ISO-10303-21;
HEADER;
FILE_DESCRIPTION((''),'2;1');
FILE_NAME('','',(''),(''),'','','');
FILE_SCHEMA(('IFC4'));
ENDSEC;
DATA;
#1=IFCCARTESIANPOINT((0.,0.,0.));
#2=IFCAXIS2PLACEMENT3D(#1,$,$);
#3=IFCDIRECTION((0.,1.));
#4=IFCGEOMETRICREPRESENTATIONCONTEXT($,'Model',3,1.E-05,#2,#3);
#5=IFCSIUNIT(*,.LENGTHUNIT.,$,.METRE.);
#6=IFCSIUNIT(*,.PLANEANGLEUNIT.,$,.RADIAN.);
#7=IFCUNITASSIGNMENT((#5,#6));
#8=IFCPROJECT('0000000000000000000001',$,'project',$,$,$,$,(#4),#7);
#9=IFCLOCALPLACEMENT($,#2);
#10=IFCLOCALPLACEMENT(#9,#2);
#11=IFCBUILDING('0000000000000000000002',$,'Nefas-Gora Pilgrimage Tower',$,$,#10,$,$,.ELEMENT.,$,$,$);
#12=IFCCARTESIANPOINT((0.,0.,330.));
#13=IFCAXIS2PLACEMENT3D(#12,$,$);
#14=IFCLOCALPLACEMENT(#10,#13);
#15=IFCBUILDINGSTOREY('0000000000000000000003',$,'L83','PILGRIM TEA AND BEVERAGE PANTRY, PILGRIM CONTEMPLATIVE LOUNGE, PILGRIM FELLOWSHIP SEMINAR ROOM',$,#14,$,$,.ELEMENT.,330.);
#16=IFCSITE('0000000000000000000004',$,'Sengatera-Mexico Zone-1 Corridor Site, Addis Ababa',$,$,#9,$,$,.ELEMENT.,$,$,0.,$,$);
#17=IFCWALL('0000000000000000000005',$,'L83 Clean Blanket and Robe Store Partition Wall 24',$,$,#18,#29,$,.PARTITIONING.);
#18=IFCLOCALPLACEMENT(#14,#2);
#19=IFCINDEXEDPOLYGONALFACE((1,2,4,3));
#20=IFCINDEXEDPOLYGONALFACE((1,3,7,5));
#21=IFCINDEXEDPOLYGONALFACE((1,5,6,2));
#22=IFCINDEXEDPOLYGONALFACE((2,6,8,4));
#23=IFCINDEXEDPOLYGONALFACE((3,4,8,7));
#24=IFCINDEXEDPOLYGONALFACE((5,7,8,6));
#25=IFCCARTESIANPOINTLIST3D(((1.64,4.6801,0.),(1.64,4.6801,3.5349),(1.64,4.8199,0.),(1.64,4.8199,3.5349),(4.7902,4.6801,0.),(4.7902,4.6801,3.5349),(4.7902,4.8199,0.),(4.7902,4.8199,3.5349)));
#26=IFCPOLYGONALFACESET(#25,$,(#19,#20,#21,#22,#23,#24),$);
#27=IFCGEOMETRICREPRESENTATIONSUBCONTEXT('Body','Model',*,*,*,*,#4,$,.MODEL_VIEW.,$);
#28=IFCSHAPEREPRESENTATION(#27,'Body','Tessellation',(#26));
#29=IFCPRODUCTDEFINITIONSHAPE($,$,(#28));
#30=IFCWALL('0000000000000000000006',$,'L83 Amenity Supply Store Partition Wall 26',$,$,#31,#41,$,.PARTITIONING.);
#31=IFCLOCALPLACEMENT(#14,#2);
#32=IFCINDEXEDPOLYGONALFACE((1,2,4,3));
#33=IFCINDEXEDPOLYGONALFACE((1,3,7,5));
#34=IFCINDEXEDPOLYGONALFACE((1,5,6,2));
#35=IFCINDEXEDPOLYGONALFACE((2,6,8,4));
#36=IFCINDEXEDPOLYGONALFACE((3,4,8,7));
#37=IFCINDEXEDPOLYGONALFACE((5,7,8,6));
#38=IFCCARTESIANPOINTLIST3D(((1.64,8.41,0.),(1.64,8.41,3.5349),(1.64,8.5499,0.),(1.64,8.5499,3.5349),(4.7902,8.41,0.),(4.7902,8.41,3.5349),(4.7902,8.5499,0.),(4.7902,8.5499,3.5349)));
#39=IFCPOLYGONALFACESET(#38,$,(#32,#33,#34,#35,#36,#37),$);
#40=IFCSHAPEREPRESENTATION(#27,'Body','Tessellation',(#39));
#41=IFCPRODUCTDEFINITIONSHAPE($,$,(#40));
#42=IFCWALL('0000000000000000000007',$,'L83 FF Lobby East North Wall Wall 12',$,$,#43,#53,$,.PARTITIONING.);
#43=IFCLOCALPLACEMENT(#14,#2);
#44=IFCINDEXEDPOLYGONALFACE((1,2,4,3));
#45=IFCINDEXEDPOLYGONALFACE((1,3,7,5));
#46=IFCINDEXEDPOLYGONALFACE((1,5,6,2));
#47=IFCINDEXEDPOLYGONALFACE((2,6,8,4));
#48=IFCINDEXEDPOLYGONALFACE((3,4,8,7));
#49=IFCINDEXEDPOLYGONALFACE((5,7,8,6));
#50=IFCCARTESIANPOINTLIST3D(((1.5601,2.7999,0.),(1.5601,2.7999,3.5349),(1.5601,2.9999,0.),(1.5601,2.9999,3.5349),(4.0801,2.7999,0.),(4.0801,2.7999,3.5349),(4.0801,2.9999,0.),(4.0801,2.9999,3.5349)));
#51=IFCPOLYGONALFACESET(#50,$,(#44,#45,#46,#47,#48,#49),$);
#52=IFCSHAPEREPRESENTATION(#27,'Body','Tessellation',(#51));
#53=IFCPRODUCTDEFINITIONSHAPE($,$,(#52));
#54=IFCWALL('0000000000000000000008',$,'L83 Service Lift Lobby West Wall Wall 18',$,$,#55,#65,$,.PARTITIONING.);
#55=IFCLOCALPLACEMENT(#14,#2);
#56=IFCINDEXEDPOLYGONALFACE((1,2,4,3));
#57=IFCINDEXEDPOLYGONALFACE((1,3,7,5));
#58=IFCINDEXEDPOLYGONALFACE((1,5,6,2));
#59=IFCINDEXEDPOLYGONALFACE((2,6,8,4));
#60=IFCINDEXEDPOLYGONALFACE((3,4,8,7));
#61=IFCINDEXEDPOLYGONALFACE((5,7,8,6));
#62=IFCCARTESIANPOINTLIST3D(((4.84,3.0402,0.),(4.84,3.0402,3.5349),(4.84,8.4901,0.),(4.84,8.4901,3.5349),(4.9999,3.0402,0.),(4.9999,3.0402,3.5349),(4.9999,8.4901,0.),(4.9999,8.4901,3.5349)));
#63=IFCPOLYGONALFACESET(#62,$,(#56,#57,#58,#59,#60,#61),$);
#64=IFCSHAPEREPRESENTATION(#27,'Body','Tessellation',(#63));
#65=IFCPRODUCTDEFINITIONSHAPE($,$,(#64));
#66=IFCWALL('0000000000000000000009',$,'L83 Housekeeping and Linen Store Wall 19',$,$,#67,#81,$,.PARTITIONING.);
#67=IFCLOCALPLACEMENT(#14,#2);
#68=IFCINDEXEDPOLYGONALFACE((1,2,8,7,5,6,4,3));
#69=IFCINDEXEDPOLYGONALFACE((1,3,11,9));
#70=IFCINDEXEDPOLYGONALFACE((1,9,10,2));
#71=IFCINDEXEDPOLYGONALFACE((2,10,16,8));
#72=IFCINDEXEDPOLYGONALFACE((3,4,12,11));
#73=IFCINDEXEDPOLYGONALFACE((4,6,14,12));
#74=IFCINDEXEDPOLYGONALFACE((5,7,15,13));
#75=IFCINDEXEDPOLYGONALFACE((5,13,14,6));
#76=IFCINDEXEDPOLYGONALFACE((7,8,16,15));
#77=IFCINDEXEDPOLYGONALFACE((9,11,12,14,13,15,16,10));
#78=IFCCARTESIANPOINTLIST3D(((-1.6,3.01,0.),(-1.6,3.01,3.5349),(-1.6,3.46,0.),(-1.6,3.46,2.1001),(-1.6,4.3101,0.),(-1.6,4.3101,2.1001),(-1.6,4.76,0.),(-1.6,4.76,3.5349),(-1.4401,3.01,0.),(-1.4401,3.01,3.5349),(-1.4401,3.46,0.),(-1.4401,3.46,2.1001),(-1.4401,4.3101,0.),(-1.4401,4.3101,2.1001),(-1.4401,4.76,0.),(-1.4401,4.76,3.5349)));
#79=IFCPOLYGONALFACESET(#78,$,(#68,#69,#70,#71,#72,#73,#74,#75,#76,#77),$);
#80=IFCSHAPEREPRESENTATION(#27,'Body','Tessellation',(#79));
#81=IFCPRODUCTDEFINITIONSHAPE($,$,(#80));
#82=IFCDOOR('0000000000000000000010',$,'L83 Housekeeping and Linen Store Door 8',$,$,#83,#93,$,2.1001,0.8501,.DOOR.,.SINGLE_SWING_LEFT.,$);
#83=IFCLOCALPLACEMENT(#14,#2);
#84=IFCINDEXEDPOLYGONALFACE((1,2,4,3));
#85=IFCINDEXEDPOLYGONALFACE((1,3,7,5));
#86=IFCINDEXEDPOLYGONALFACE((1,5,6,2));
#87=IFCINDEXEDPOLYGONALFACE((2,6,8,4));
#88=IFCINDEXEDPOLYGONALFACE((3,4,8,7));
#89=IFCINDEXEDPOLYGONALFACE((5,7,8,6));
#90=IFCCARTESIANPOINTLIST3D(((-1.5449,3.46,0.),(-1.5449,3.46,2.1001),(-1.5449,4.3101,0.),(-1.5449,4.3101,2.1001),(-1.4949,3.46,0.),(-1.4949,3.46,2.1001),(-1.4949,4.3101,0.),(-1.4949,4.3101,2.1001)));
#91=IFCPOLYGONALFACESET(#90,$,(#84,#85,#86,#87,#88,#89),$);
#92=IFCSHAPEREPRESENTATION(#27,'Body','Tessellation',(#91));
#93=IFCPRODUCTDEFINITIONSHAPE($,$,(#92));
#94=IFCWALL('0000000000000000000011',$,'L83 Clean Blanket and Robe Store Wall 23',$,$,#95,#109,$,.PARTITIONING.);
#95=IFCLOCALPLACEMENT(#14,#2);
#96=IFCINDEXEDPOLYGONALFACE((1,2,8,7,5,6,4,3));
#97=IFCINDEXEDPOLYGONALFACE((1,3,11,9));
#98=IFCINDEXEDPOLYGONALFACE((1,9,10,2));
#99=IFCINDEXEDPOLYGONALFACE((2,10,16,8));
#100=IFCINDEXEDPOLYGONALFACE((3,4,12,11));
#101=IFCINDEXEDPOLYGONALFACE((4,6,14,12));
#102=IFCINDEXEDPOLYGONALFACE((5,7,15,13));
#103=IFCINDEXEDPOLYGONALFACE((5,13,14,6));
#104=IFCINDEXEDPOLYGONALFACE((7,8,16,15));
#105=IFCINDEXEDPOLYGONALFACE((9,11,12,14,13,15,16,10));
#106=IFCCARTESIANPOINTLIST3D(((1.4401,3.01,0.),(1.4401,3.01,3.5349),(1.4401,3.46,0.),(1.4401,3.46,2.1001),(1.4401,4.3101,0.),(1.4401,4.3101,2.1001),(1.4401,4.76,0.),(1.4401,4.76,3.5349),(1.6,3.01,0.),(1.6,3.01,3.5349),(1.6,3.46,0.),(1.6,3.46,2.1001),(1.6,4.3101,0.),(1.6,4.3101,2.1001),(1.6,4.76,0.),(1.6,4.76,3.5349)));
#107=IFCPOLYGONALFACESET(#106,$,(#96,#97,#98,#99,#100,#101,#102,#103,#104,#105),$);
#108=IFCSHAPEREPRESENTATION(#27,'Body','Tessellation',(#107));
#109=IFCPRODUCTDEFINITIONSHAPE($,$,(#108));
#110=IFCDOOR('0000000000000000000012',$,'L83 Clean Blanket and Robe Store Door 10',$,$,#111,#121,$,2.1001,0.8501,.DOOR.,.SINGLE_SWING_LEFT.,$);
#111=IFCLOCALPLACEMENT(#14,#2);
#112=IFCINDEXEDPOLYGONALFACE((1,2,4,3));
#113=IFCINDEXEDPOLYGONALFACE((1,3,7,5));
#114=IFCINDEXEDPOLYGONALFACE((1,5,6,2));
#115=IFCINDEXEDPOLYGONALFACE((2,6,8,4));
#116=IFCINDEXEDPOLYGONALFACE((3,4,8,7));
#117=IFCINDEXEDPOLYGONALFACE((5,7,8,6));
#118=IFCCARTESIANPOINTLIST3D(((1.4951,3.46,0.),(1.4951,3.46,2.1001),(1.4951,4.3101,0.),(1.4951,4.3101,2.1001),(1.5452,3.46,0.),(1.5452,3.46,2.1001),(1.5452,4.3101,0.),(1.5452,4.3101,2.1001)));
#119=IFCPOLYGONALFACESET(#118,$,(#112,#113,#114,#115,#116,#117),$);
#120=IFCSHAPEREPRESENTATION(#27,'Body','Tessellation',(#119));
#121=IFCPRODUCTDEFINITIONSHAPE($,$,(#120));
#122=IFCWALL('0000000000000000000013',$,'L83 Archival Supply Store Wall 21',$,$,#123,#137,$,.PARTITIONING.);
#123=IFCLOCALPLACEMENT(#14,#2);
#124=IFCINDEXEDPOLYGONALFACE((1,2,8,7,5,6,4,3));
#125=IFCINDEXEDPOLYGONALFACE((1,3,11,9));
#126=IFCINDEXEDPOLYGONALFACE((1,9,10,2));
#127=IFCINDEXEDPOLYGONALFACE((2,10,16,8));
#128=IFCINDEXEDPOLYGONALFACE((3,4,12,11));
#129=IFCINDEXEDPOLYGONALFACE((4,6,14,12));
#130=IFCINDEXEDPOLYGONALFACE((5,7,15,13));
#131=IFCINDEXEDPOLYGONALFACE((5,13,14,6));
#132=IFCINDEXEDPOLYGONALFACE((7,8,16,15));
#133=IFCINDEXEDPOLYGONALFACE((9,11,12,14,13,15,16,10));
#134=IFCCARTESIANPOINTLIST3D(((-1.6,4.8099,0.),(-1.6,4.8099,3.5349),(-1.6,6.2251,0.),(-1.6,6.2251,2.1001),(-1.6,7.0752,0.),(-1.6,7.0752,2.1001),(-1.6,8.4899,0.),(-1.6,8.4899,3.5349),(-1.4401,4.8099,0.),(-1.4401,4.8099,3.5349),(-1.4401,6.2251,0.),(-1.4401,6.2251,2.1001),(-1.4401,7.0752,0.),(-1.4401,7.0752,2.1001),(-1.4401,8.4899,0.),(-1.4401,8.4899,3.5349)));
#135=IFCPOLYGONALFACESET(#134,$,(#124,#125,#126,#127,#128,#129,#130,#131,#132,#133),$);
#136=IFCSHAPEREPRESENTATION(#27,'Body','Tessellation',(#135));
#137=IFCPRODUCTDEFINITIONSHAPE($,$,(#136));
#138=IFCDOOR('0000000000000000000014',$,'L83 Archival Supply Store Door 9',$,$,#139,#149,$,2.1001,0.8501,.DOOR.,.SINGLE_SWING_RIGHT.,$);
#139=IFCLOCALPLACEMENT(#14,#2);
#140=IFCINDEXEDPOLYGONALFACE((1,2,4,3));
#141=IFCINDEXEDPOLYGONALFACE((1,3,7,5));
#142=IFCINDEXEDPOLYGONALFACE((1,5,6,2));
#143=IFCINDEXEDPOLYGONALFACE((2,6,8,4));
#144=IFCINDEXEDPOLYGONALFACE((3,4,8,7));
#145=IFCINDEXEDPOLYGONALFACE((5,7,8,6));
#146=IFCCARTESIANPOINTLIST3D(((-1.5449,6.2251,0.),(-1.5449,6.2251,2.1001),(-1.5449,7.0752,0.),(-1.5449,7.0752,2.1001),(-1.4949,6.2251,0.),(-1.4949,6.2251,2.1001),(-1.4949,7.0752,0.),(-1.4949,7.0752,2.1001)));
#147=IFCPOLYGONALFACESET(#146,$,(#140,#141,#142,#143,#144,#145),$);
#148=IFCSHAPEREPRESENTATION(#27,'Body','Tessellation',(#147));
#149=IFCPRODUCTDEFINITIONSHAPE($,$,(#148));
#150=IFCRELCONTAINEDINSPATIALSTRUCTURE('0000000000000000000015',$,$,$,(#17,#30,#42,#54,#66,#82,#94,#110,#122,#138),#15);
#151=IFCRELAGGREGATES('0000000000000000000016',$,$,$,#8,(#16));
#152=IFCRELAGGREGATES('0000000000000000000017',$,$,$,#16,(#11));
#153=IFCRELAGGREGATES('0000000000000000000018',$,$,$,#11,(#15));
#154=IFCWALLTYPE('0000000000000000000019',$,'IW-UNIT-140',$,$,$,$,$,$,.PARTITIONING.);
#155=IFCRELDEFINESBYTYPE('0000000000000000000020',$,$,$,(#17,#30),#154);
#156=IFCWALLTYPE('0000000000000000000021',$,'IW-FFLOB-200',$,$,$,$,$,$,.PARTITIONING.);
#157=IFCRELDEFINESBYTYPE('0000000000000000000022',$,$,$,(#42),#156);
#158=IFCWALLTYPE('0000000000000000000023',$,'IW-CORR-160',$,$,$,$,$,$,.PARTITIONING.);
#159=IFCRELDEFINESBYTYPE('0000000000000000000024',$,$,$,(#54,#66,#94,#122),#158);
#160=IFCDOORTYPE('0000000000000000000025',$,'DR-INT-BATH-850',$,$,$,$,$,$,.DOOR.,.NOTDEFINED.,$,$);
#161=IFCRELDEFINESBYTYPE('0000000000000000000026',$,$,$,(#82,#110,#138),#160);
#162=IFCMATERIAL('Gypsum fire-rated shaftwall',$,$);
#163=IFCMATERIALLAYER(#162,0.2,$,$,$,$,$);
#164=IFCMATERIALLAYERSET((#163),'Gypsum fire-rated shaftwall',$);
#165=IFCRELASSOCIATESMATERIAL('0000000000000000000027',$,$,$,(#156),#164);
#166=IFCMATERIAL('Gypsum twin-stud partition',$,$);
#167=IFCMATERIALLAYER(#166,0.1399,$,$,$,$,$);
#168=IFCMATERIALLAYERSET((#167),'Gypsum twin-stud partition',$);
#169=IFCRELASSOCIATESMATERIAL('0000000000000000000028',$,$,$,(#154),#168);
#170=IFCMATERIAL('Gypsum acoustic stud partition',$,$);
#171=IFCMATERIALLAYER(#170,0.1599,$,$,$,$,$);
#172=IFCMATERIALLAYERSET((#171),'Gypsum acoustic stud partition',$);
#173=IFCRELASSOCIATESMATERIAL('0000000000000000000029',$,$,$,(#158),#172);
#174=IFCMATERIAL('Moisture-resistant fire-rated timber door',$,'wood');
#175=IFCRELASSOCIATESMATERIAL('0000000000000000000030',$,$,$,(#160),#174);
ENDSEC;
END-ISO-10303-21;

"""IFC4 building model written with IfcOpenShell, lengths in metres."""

from ifc_helpers import new_model, si_unit, direction, frame, frame_2d, origin, place, context, subcontext, project, spatial, rectangle, extrude, source, transform, mapped, material, layer, layer_set, type_object, element, fill, save


model = new_model("IFC4")

# Units and contexts
model_context = context("Model", 3, precision=1e-05, world=origin(), true_north=direction((0.0, 1.0)))
body_context = subcontext(model_context, "Body", "Model", "MODEL_VIEW")
ifc_project = project(units=[si_unit("LENGTHUNIT", "METRE"), si_unit("PLANEANGLEUNIT", "RADIAN")], contexts=[model_context])

# Site, building, storey
site_placement = place(None, origin())
site = spatial("IfcSite", under=ifc_project, at=site_placement, Name="Sengatera-Mexico Zone-1 Corridor Site, Addis Ababa", CompositionType="ELEMENT", RefElevation=0.0)
building_placement = place(site_placement, origin())
building = spatial("IfcBuilding", under=site, at=building_placement, Name="Nefas-Gora Pilgrimage Tower", CompositionType="ELEMENT")
storey_placement = place(building_placement, frame((0.0, 0.0, 330.0)))
storey = spatial("IfcBuildingStorey", under=building, at=storey_placement, Name="L83", Description="PILGRIM TEA AND BEVERAGE PANTRY, PILGRIM CONTEMPLATIVE LOUNGE, PILGRIM FELLOWSHIP SEMINAR ROOM", CompositionType="ELEMENT", Elevation=330.0)

# Shared definitions
ifc_material_1 = material(Name="Gypsum fire-rated shaftwall")
ifc_layer_1 = layer(ifc_material_1, 0.2)
ifc_layer_set_1 = layer_set([ifc_layer_1], Name="Gypsum fire-rated shaftwall")
wall_type_1 = type_object("IfcWallType", Name="IW-FFLOB-200", PredefinedType="PARTITIONING", material=ifc_layer_set_1)

# Walls
ifc_material_2 = material(Name="Gypsum twin-stud partition")
ifc_layer_2 = layer(ifc_material_2, 0.1399)
ifc_layer_set_2 = layer_set([ifc_layer_2], Name="Gypsum twin-stud partition")
wall_type_2 = type_object("IfcWallType", Name="IW-UNIT-140", PredefinedType="PARTITIONING", material=ifc_layer_set_2)
shared_shape_1 = source(origin(), body_context, "Body", "SweptSolid", [
    extrude(rectangle(XDim=3.1501, YDim=0.1399, at=frame_2d((1.5752, 0.0))), origin(), (0.0, 0.0, 1.0), 3.5349),
])
for number, where, z_axis, x_axis, name in (
    (1, (1.6399, 4.75, 0.0), (0.0, 0.0, 1.0), (1.0, 0.0, 0.0), "L83 Clean Blanket and Robe Store Partition Wall 24"),
    (2, (1.6399, 8.48, 0.0), (0.0, 0.0, 1.0), (1.0, 0.0, 0.0), "L83 Amenity Supply Store Partition Wall 26"),
):
    element("IfcWall", number, at=place(storey_placement, frame(where, z_axis=z_axis, x_axis=x_axis)), inside=storey, type_object=wall_type_2, Name=name, PredefinedType="PARTITIONING", context=body_context, shape_type="MappedRepresentation", body=[
        mapped(shared_shape_1, transform((0.0, 0.0, 0.0), x_axis=(1.0, 0.0, 0.0), y_axis=(0.0, 1.0, 0.0), z_axis=(0.0, 0.0, 1.0), scale=1.0)),
    ])
shared_shape_2 = source(origin(), body_context, "Body", "SweptSolid", [
    extrude(rectangle(XDim=2.52, YDim=0.2, at=frame_2d((1.26, 0.0))), origin(), (0.0, 0.0, 1.0), 3.5349),
])
wall_1_placement = place(storey_placement, frame((1.5601, 2.8999, 0.0), z_axis=(0.0, 0.0, 1.0), x_axis=(1.0, 0.0, 0.0)))
element("IfcWall", 3, at=wall_1_placement, inside=storey, type_object=wall_type_1, Name="L83 FF Lobby East North Wall Wall 12", PredefinedType="PARTITIONING", context=body_context, shape_type="MappedRepresentation", body=[
    mapped(shared_shape_2, transform((0.0, 0.0, 0.0), x_axis=(1.0, 0.0, 0.0), y_axis=(0.0, 1.0, 0.0), z_axis=(0.0, 0.0, 1.0), scale=1.0)),
])
ifc_material_3 = material(Name="Gypsum acoustic stud partition")
ifc_layer_3 = layer(ifc_material_3, 0.1599)
ifc_layer_set_3 = layer_set([ifc_layer_3], Name="Gypsum acoustic stud partition")
wall_type_3 = type_object("IfcWallType", Name="IW-CORR-160", PredefinedType="PARTITIONING", material=ifc_layer_set_3)
shared_shape_3 = source(origin(), body_context, "Body", "SweptSolid", [
    extrude(rectangle(XDim=5.45, YDim=0.1599, at=frame_2d((2.7251, 0.0))), origin(), (0.0, 0.0, 1.0), 3.5349),
])
wall_2_placement = place(storey_placement, frame((4.9199, 3.04, 0.0), z_axis=(0.0, 0.0, 1.0), x_axis=(0.0, 1.0, 0.0)))
element("IfcWall", 4, at=wall_2_placement, inside=storey, type_object=wall_type_3, Name="L83 Service Lift Lobby West Wall Wall 18", PredefinedType="PARTITIONING", context=body_context, shape_type="MappedRepresentation", body=[
    mapped(shared_shape_3, transform((0.0, 0.0, 0.0), x_axis=(1.0, 0.0, 0.0), y_axis=(0.0, 1.0, 0.0), z_axis=(0.0, 0.0, 1.0), scale=1.0)),
])

# Walls, openings, doors
shared_shape_4 = source(origin(), body_context, "Body", "SweptSolid", [
    extrude(rectangle(XDim=1.75, YDim=0.1599, at=frame_2d((0.875, 0.0))), origin(), (0.0, 0.0, 1.0), 3.5349),
])
wall_3_placement = place(storey_placement, frame((-1.52, 3.01, 0.0), z_axis=(0.0, 0.0, 1.0), x_axis=(0.0, 1.0, 0.0)))
wall_3 = element("IfcWall", 5, at=wall_3_placement, inside=storey, type_object=wall_type_3, Name="L83 Housekeeping and Linen Store Wall 19", PredefinedType="PARTITIONING", context=body_context, shape_type="MappedRepresentation", body=[
    mapped(shared_shape_4, transform((0.0, 0.0, 0.0), x_axis=(1.0, 0.0, 0.0), y_axis=(0.0, 1.0, 0.0), z_axis=(0.0, 0.0, 1.0), scale=1.0)),
])
opening_1_placement = place(wall_3_placement, frame((0.45, 0.0, 0.0)))
opening_1 = element("IfcOpeningElement", 6, at=opening_1_placement, cuts=wall_3, PredefinedType="OPENING", context=body_context, shape_type="SweptSolid", body=[
    extrude(rectangle(XDim=0.8501, YDim=2.1001, at=frame_2d((0.425, 1.05))), frame((0.0, 0.0898, 0.0), z_axis=(0.0, -1.0, 0.0), x_axis=(1.0, 0.0, 0.0)), (0.0, 0.0, 1.0), 0.1799),
])
ifc_material_4 = material(Name="Moisture-resistant fire-rated timber door", Category="wood")
door_type_1 = type_object("IfcDoorType", Name="DR-INT-BATH-850", OperationType="NOTDEFINED", PredefinedType="DOOR", material=ifc_material_4)
shared_shape_5 = source(origin(), body_context, "Body", "SweptSolid", [
    extrude(rectangle(XDim=0.8501, YDim=2.1001, at=frame_2d((0.425, 1.05))), frame((0.0, 0.0249, 0.0), z_axis=(0.0, -1.0, 0.0), x_axis=(1.0, 0.0, 0.0)), (0.0, 0.0, 1.0), 0.05),
])
door_1_placement = place(opening_1_placement, origin())
door_1 = element("IfcDoor", 7, at=door_1_placement, inside=storey, type_object=door_type_1, Name="L83 Housekeeping and Linen Store Door 8", OperationType="SINGLE_SWING_LEFT", OverallHeight=2.1001, OverallWidth=0.8501, PredefinedType="DOOR", context=body_context, shape_type="MappedRepresentation", body=[
    mapped(shared_shape_5, transform((0.0, 0.0, 0.0), x_axis=(1.0, 0.0, 0.0), y_axis=(0.0, 1.0, 0.0), z_axis=(0.0, 0.0, 1.0), scale=1.0)),
])
fill(opening_1, door_1)
wall_4_placement = place(storey_placement, frame((1.52, 3.01, 0.0), z_axis=(0.0, 0.0, 1.0), x_axis=(0.0, 1.0, 0.0)))
wall_4 = element("IfcWall", 8, at=wall_4_placement, inside=storey, type_object=wall_type_3, Name="L83 Clean Blanket and Robe Store Wall 23", PredefinedType="PARTITIONING", context=body_context, shape_type="MappedRepresentation", body=[
    mapped(shared_shape_4, transform((0.0, 0.0, 0.0), x_axis=(1.0, 0.0, 0.0), y_axis=(0.0, 1.0, 0.0), z_axis=(0.0, 0.0, 1.0), scale=1.0)),
])
opening_2_placement = place(wall_4_placement, frame((0.45, 0.0, 0.0)))
opening_2 = element("IfcOpeningElement", 9, at=opening_2_placement, cuts=wall_4, PredefinedType="OPENING", context=body_context, shape_type="SweptSolid", body=[
    extrude(rectangle(XDim=0.8501, YDim=2.1001, at=frame_2d((0.425, 1.05))), frame((0.0, 0.0898, 0.0), z_axis=(0.0, -1.0, 0.0), x_axis=(1.0, 0.0, 0.0)), (0.0, 0.0, 1.0), 0.1799),
])
door_2_placement = place(opening_2_placement, origin())
door_2 = element("IfcDoor", 10, at=door_2_placement, inside=storey, type_object=door_type_1, Name="L83 Clean Blanket and Robe Store Door 10", OperationType="SINGLE_SWING_LEFT", OverallHeight=2.1001, OverallWidth=0.8501, PredefinedType="DOOR", context=body_context, shape_type="MappedRepresentation", body=[
    mapped(shared_shape_5, transform((0.0, 0.0, 0.0), x_axis=(1.0, 0.0, 0.0), y_axis=(0.0, 1.0, 0.0), z_axis=(0.0, 0.0, 1.0), scale=1.0)),
])
fill(opening_2, door_2)
shared_shape_6 = source(origin(), body_context, "Body", "SweptSolid", [
    extrude(rectangle(XDim=3.6799, YDim=0.1599, at=frame_2d((1.8398, 0.0))), origin(), (0.0, 0.0, 1.0), 3.5349),
])
wall_5_placement = place(storey_placement, frame((-1.52, 4.8101, 0.0), z_axis=(0.0, 0.0, 1.0), x_axis=(0.0, 1.0, 0.0)))
wall_5 = element("IfcWall", 11, at=wall_5_placement, inside=storey, type_object=wall_type_3, Name="L83 Archival Supply Store Wall 21", PredefinedType="PARTITIONING", context=body_context, shape_type="MappedRepresentation", body=[
    mapped(shared_shape_6, transform((0.0, 0.0, 0.0), x_axis=(1.0, 0.0, 0.0), y_axis=(0.0, 1.0, 0.0), z_axis=(0.0, 0.0, 1.0), scale=1.0)),
])
opening_3_placement = place(wall_5_placement, frame((1.415, 0.0, 0.0)))
opening_3 = element("IfcOpeningElement", 12, at=opening_3_placement, cuts=wall_5, PredefinedType="OPENING", context=body_context, shape_type="SweptSolid", body=[
    extrude(rectangle(XDim=0.8501, YDim=2.1001, at=frame_2d((0.425, 1.05))), frame((0.0, 0.0898, 0.0), z_axis=(0.0, -1.0, 0.0), x_axis=(1.0, 0.0, 0.0)), (0.0, 0.0, 1.0), 0.1799),
])
door_3_placement = place(opening_3_placement, origin())
door_3 = element("IfcDoor", 13, at=door_3_placement, inside=storey, type_object=door_type_1, Name="L83 Archival Supply Store Door 9", OperationType="SINGLE_SWING_RIGHT", OverallHeight=2.1001, OverallWidth=0.8501, PredefinedType="DOOR", context=body_context, shape_type="MappedRepresentation", body=[
    mapped(shared_shape_5, transform((0.0, 0.0, 0.0), x_axis=(1.0, 0.0, 0.0), y_axis=(0.0, 1.0, 0.0), z_axis=(0.0, 0.0, 1.0), scale=1.0)),
])
fill(opening_3, door_3)

save(model, "model.ifc")
